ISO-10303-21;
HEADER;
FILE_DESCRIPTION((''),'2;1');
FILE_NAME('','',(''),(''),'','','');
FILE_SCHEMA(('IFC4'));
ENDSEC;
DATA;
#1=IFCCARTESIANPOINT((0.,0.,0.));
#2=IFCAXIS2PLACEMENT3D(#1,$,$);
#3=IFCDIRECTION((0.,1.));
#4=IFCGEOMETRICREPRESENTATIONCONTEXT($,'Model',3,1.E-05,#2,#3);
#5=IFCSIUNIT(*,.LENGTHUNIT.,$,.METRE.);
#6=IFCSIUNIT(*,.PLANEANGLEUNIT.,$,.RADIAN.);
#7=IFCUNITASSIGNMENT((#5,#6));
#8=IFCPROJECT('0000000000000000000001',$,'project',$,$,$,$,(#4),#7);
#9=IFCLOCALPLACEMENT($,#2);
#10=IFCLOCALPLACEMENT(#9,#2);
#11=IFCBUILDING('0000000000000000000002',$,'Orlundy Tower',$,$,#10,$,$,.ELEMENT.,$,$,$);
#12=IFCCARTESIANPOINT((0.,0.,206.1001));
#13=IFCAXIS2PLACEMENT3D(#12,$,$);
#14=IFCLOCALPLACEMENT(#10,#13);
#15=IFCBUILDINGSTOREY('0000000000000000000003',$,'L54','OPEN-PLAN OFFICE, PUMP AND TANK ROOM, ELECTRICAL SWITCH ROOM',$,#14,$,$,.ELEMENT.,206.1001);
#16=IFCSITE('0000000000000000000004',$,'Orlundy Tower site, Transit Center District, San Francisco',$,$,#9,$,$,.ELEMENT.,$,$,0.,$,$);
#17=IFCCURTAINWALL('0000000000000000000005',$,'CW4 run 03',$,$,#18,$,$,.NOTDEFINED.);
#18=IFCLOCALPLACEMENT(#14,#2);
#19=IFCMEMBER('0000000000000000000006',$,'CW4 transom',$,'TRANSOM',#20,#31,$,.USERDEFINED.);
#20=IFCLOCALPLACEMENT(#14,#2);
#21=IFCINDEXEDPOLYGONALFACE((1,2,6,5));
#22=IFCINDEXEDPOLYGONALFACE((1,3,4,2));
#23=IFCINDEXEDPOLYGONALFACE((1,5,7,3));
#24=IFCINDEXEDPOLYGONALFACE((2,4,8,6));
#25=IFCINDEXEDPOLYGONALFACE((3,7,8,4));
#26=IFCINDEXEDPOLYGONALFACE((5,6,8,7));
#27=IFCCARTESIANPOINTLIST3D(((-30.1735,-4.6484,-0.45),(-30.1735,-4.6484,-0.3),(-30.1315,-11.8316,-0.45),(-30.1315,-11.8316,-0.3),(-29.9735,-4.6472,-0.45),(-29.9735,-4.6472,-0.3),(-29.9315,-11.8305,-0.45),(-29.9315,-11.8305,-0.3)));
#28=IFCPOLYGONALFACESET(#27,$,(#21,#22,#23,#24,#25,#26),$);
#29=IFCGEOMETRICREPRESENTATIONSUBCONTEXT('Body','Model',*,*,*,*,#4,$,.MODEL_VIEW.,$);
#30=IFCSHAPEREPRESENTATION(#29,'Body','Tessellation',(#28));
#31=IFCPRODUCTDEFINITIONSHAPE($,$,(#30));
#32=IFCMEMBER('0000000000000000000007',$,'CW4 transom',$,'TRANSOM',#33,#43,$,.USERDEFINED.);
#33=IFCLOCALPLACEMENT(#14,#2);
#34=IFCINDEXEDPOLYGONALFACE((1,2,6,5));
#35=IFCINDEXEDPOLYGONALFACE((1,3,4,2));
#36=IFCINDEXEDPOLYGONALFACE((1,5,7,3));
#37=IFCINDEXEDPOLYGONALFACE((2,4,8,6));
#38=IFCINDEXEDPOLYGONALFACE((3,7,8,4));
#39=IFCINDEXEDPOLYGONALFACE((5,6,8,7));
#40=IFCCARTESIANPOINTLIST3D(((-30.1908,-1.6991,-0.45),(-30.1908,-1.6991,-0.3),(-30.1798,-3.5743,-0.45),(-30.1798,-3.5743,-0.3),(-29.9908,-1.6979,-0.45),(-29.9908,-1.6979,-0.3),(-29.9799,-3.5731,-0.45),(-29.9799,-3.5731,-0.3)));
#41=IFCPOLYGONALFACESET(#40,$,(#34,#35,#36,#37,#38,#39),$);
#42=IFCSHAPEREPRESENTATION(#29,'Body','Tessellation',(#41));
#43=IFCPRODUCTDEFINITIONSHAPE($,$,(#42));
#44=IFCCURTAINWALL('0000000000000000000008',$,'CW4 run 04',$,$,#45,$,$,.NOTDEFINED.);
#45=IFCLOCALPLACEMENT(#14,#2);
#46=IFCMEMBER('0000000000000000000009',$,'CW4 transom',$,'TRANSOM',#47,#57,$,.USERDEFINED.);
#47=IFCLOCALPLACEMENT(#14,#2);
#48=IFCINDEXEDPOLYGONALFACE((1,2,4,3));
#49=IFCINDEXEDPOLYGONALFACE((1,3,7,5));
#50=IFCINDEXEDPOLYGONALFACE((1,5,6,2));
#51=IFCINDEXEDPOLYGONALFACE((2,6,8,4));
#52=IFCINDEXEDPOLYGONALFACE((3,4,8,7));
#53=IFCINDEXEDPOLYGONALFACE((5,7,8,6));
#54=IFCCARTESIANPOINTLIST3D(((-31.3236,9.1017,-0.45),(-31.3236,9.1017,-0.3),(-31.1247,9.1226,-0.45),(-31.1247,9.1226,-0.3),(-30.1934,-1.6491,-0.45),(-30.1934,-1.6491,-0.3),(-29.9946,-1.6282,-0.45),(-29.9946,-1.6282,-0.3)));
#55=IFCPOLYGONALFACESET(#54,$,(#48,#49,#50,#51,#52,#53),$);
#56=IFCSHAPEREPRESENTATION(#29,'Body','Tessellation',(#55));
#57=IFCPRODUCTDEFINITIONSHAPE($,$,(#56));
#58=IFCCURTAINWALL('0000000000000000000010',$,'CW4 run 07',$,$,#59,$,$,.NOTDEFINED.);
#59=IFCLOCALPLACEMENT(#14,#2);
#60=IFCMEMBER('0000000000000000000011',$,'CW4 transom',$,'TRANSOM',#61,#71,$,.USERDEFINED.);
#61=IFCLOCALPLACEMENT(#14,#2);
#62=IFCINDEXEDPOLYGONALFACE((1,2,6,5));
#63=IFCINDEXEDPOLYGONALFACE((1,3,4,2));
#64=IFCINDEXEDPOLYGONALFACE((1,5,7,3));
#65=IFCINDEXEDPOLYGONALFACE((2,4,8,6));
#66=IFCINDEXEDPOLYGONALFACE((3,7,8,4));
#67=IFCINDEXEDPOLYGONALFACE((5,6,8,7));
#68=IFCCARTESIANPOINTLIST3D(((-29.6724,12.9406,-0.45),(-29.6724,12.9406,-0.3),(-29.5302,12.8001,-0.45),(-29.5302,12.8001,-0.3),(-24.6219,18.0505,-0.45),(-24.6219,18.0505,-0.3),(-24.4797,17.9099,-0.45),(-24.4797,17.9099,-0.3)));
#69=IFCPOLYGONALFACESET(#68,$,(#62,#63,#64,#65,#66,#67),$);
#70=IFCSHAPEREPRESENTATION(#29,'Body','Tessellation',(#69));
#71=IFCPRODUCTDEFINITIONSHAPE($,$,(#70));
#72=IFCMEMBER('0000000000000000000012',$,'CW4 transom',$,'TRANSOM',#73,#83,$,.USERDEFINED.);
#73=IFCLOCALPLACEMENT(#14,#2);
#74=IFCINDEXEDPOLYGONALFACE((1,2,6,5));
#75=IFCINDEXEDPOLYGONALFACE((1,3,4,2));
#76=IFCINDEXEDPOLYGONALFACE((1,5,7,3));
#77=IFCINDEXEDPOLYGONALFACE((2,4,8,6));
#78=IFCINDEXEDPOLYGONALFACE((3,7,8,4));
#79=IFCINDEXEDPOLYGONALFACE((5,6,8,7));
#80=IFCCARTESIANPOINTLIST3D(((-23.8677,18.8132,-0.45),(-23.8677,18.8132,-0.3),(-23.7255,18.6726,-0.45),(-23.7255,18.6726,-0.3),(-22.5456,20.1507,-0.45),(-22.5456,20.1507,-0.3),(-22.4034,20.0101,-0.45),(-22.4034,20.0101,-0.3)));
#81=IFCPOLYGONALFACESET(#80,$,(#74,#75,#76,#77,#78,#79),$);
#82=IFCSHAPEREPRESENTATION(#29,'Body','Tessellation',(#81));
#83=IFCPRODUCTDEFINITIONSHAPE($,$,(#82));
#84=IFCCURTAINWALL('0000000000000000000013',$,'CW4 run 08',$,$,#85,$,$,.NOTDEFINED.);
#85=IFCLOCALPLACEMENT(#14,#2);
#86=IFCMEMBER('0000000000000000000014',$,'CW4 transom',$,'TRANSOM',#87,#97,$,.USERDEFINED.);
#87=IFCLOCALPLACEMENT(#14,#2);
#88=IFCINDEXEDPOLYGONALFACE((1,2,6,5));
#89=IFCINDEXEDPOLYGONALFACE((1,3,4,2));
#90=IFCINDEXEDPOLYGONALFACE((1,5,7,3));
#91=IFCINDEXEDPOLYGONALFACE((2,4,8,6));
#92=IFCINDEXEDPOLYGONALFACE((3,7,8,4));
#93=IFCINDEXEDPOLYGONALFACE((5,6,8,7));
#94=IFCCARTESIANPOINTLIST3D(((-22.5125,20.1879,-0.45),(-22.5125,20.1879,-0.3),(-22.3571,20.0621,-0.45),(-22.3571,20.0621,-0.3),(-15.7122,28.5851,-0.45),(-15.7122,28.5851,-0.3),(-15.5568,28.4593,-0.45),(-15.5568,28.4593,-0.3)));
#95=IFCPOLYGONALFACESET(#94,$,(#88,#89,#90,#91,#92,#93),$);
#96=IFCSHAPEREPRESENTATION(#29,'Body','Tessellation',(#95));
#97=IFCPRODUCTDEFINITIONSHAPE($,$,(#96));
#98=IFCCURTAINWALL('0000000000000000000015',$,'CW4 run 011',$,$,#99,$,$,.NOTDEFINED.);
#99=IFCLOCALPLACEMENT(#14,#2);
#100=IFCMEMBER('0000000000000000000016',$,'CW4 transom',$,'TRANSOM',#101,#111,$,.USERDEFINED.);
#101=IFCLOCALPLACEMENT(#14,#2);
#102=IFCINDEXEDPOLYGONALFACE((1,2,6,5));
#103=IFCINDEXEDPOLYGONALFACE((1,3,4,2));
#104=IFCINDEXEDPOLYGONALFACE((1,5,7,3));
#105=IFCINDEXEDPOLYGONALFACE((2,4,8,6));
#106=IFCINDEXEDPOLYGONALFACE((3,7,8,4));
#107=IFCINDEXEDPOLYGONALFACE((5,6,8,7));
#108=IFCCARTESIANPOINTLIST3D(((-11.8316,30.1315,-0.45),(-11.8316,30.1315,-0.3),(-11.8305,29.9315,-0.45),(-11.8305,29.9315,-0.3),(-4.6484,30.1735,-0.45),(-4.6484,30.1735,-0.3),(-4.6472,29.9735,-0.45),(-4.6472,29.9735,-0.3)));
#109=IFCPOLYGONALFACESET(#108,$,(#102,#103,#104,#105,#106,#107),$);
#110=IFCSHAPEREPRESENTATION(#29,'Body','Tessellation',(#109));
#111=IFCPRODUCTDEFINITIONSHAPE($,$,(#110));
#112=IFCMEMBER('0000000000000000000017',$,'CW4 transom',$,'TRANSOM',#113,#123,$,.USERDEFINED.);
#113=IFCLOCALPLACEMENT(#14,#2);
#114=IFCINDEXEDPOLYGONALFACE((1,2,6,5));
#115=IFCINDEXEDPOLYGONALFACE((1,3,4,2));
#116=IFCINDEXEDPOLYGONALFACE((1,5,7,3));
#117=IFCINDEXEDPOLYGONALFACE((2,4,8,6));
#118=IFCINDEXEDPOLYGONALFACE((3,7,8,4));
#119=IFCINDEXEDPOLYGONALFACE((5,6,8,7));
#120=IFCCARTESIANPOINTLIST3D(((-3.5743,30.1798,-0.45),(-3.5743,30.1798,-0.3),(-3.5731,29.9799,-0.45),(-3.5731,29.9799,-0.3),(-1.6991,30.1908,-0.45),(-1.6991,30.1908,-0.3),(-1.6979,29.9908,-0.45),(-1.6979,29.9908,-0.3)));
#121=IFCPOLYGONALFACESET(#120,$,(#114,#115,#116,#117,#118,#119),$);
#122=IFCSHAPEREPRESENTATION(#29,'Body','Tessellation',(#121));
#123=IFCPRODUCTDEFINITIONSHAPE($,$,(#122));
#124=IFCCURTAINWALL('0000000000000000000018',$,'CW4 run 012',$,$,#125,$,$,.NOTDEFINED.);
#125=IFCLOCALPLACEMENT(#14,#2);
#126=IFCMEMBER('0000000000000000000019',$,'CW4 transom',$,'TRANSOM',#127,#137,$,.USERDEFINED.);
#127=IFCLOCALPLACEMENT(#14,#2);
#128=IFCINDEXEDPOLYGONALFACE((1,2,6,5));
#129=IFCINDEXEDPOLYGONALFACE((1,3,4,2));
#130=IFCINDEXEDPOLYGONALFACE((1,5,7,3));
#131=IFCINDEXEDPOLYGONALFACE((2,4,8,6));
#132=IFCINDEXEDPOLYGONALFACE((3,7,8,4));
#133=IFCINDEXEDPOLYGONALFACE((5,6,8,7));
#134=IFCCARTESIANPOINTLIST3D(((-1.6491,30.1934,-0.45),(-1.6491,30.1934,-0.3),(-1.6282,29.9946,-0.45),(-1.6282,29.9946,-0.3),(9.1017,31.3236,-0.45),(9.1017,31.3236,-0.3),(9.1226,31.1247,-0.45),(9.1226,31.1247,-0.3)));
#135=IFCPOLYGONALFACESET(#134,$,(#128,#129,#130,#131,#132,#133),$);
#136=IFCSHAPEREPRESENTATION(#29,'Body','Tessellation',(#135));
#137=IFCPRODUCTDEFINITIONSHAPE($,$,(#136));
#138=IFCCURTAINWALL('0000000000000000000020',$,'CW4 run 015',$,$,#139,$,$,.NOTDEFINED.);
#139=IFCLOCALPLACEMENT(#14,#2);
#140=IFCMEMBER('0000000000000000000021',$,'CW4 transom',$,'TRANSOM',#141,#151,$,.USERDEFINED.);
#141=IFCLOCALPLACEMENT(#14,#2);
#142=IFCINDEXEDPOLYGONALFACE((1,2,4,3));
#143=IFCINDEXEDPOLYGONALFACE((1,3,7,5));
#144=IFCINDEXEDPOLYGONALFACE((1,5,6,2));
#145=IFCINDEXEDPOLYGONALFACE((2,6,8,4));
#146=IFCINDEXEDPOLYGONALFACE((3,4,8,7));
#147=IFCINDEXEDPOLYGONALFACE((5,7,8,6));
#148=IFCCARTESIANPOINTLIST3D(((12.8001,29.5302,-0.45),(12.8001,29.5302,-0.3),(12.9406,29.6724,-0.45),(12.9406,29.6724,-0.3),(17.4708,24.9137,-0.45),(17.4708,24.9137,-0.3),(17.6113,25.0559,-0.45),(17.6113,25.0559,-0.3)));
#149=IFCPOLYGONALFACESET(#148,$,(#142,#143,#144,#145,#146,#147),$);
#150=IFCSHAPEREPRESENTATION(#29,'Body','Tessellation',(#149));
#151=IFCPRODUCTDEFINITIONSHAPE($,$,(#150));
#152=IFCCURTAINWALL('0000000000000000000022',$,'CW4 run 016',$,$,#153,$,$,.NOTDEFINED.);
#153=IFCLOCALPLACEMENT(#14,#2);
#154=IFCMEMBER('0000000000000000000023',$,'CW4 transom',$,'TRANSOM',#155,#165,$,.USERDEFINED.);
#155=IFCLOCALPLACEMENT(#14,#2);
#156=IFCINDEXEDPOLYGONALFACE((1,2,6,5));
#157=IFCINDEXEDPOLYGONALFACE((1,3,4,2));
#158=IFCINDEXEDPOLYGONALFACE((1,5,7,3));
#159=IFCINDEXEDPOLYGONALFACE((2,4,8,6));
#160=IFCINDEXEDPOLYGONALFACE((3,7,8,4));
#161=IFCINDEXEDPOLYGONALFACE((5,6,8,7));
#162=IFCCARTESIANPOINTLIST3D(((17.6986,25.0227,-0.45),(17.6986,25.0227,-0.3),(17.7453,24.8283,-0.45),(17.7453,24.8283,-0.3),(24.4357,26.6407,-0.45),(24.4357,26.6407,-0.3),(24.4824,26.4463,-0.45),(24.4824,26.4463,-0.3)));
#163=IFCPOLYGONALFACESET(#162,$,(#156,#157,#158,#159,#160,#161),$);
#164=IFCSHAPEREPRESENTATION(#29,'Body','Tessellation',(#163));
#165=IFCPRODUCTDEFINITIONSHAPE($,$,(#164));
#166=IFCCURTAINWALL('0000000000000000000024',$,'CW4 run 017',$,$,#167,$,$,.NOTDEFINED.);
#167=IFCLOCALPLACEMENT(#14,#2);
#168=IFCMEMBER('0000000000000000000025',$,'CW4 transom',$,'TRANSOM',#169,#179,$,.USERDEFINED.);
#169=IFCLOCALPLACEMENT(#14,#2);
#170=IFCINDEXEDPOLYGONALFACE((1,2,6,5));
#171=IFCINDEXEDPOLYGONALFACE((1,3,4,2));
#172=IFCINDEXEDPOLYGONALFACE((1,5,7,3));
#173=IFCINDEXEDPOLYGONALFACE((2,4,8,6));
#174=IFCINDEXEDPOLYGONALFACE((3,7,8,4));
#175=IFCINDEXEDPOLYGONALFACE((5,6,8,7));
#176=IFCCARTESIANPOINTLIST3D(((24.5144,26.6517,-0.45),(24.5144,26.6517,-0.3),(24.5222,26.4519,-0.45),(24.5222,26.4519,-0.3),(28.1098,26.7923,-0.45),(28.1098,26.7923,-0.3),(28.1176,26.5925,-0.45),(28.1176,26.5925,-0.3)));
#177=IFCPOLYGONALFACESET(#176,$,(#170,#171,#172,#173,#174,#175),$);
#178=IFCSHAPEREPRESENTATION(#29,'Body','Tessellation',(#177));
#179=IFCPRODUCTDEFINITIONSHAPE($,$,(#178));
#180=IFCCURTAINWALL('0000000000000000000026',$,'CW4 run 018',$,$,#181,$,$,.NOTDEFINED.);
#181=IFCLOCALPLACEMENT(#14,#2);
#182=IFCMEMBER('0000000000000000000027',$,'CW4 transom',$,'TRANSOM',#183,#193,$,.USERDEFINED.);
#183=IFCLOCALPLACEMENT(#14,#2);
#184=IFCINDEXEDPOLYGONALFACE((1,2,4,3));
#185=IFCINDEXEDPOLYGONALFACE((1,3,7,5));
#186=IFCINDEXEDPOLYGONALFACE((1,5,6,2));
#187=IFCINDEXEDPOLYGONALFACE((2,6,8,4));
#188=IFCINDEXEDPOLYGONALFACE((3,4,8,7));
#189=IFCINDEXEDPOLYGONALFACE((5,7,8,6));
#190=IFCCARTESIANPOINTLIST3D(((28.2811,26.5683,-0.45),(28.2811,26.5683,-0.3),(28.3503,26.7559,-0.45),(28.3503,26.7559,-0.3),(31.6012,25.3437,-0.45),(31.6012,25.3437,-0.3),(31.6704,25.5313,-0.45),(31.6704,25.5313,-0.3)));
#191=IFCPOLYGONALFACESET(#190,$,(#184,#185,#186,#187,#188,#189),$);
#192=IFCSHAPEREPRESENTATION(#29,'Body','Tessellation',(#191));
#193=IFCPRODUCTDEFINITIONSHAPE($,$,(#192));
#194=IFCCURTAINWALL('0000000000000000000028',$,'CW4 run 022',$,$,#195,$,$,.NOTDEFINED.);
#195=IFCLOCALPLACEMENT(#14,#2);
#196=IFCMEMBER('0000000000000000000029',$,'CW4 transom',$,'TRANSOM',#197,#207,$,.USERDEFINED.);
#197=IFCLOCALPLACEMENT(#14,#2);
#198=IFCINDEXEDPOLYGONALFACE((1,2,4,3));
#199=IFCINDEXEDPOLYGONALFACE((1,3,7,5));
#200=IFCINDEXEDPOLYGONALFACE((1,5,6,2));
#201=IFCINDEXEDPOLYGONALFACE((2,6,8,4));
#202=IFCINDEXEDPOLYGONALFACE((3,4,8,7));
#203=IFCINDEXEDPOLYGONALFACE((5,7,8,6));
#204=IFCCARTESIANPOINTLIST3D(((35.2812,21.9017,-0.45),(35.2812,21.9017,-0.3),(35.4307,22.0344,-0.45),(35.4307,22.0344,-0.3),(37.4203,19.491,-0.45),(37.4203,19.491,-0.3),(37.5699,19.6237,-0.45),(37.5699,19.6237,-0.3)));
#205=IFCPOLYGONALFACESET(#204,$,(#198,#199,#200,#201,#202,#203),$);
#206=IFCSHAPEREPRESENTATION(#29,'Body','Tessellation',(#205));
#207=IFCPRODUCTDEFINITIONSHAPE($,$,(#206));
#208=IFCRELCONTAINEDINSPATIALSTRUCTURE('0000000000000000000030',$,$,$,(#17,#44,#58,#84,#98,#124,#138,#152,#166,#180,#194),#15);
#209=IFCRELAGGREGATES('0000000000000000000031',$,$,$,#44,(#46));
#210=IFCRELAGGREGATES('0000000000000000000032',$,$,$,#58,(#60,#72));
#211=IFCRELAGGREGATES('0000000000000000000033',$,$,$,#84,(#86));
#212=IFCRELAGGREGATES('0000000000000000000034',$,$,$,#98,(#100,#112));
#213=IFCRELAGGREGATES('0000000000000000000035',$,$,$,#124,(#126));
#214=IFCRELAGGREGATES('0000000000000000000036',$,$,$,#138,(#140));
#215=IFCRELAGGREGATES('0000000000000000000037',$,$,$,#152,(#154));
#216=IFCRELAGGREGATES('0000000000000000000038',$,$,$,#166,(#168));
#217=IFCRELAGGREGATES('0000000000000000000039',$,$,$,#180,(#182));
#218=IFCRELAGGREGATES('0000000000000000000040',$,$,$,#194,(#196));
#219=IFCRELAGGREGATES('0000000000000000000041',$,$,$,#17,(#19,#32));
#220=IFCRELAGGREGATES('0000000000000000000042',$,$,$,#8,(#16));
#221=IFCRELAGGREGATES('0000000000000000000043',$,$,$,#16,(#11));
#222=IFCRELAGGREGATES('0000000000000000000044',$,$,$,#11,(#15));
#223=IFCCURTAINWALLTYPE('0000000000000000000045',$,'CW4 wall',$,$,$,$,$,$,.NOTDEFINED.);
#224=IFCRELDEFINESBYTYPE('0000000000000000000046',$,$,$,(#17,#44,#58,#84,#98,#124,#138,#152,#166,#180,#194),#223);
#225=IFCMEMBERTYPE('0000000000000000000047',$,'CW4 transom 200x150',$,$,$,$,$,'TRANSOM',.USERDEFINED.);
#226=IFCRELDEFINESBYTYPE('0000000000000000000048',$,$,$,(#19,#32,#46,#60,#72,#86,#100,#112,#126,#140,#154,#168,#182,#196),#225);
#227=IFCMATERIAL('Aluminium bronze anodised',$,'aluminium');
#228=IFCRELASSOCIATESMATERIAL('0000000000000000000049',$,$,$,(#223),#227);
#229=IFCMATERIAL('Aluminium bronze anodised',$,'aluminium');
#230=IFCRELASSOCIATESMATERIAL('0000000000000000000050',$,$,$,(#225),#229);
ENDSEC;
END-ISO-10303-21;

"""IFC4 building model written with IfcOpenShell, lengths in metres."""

from ifc_helpers import new_model, si_unit, direction, frame, origin, origin_2d, place, context, subcontext, project, spatial, rectangle, extrude, material, material_profile, profile_set, type_object, element, aggregate, save


model = new_model("IFC4")

# Units and contexts
model_context = context("Model", 3, precision=1e-05, world=origin(), true_north=direction((0.0, 1.0)))
body_context = subcontext(model_context, "Body", "Model", "MODEL_VIEW")
ifc_project = project(units=[si_unit("LENGTHUNIT", "METRE"), si_unit("PLANEANGLEUNIT", "RADIAN")], contexts=[model_context])

# Site, building, storey
site_placement = place(None, origin())
site = spatial("IfcSite", under=ifc_project, at=site_placement, Name="Orlundy Tower site, Transit Center District, San Francisco", CompositionType="ELEMENT", RefElevation=0.0)
building_placement = place(site_placement, origin())
building = spatial("IfcBuilding", under=site, at=building_placement, Name="Orlundy Tower", CompositionType="ELEMENT")
storey_placement = place(building_placement, frame((0.0, 0.0, 206.1001)))
storey = spatial("IfcBuildingStorey", under=building, at=storey_placement, Name="L54", Description="OPEN-PLAN OFFICE, PUMP AND TANK ROOM, ELECTRICAL SWITCH ROOM", CompositionType="ELEMENT", Elevation=206.1001)

# Curtain wall, members
ifc_material_1 = material(Name="Aluminium bronze anodised", Category="aluminium")
curtain_wall_type = type_object("IfcCurtainWallType", Name="CW4 wall", PredefinedType="NOTDEFINED", material=ifc_material_1)
curtain_wall_1_placement = place(storey_placement, origin())
curtain_wall_1 = element("IfcCurtainWall", 1, at=curtain_wall_1_placement, inside=storey, type_object=curtain_wall_type, Name="CW4 run 03", PredefinedType="NOTDEFINED")
ifc_material_2 = material(Name="Aluminium bronze anodised", Category="aluminium")
ifc_material_profile = material_profile(ifc_material_2, rectangle(XDim=0.2, YDim=0.1499, at=origin_2d()), Name="CW4 transom 200x150")
ifc_profile_set = profile_set([ifc_material_profile], Name="Aluminium bronze anodised")
member_type = type_object("IfcMemberType", Name="CW4 transom 200x150", ElementType="TRANSOM", PredefinedType="USERDEFINED", material=ifc_profile_set)
member_1_placement = place(storey_placement, frame((-30.0315, -11.8311, -0.375), z_axis=(-0.005846, 0.999983, 0.0), x_axis=(-0.999983, -0.005846, 0.0)))
member_1 = element("IfcMember", 2, at=member_1_placement, type_object=member_type, Name="CW4 transom", ObjectType="TRANSOM", PredefinedType="USERDEFINED", context=body_context, shape_type="SweptSolid", body=[
    extrude(rectangle(XDim=0.2, YDim=0.1499, at=origin_2d()), origin(), (0.0, 0.0, 1.0), 7.1833),
])
member_2_placement = place(storey_placement, frame((-30.0798, -3.5737, -0.375), z_axis=(-0.005859, 0.999983, 0.0), x_axis=(-0.999983, -0.005859, 0.0)))
member_2 = element("IfcMember", 3, at=member_2_placement, type_object=member_type, Name="CW4 transom", ObjectType="TRANSOM", PredefinedType="USERDEFINED", context=body_context, shape_type="SweptSolid", body=[
    extrude(rectangle(XDim=0.2, YDim=0.1499, at=origin_2d()), origin(), (0.0, 0.0, 1.0), 1.8752),
])

# Curtain wall, member
curtain_wall_2_placement = place(storey_placement, origin())
curtain_wall_2 = element("IfcCurtainWall", 4, at=curtain_wall_2_placement, inside=storey, type_object=curtain_wall_type, Name="CW4 run 04", PredefinedType="NOTDEFINED")
member_3_placement = place(storey_placement, frame((-30.094, -1.6387, -0.375), z_axis=(-0.104545, 0.99452, 0.0), x_axis=(-0.99452, -0.104545, 0.0)))
member_3 = element("IfcMember", 5, at=member_3_placement, type_object=member_type, Name="CW4 transom", ObjectType="TRANSOM", PredefinedType="USERDEFINED", context=body_context, shape_type="SweptSolid", body=[
    extrude(rectangle(XDim=0.2, YDim=0.1499, at=origin_2d()), origin(), (0.0, 0.0, 1.0), 10.8101),
])
aggregate(curtain_wall_2, [member_3])

# Curtain wall, members
curtain_wall_3_placement = place(storey_placement, origin())
curtain_wall_3 = element("IfcCurtainWall", 6, at=curtain_wall_3_placement, inside=storey, type_object=curtain_wall_type, Name="CW4 run 07", PredefinedType="NOTDEFINED")
member_4_placement = place(storey_placement, frame((-29.6013, 12.8704, -0.375), z_axis=(0.702966, 0.711223, 0.0), x_axis=(-0.711223, 0.702966, 0.0)))
member_4 = element("IfcMember", 7, at=member_4_placement, type_object=member_type, Name="CW4 transom", ObjectType="TRANSOM", PredefinedType="USERDEFINED", context=body_context, shape_type="SweptSolid", body=[
    extrude(rectangle(XDim=0.2, YDim=0.1499, at=origin_2d()), origin(), (0.0, 0.0, 1.0), 7.1846),
])
member_5_placement = place(storey_placement, frame((-23.7966, 18.7429, -0.375), z_axis=(0.703005, 0.711184, 0.0), x_axis=(-0.711184, 0.703005, 0.0)))
member_5 = element("IfcMember", 8, at=member_5_placement, type_object=member_type, Name="CW4 transom", ObjectType="TRANSOM", PredefinedType="USERDEFINED", context=body_context, shape_type="SweptSolid", body=[
    extrude(rectangle(XDim=0.2, YDim=0.1499, at=origin_2d()), origin(), (0.0, 0.0, 1.0), 1.8806),
])
aggregate(curtain_wall_3, [member_4, member_5])

# Curtain wall, member
curtain_wall_4_placement = place(storey_placement, origin())
curtain_wall_4 = element("IfcCurtainWall", 9, at=curtain_wall_4_placement, inside=storey, type_object=curtain_wall_type, Name="CW4 run 08", PredefinedType="NOTDEFINED")
member_6_placement = place(storey_placement, frame((-22.4348, 20.125, -0.375), z_axis=(0.629341, 0.77713, 0.0), x_axis=(-0.77713, 0.629341, 0.0)))
member_6 = element("IfcMember", 10, at=member_6_placement, type_object=member_type, Name="CW4 transom", ObjectType="TRANSOM", PredefinedType="USERDEFINED", context=body_context, shape_type="SweptSolid", body=[
    extrude(rectangle(XDim=0.2, YDim=0.1499, at=origin_2d()), origin(), (0.0, 0.0, 1.0), 10.8054),
])
aggregate(curtain_wall_4, [member_6])

# Curtain wall, members
curtain_wall_5_placement = place(storey_placement, origin())
curtain_wall_5 = element("IfcCurtainWall", 11, at=curtain_wall_5_placement, inside=storey, type_object=curtain_wall_type, Name="CW4 run 011", PredefinedType="NOTDEFINED")
member_7_placement = place(storey_placement, frame((-11.8311, 30.0315, -0.375), z_axis=(0.999983, 0.005846, 0.0), x_axis=(-0.005846, 0.999983, 0.0)))
member_7 = element("IfcMember", 12, at=member_7_placement, type_object=member_type, Name="CW4 transom", ObjectType="TRANSOM", PredefinedType="USERDEFINED", context=body_context, shape_type="SweptSolid", body=[
    extrude(rectangle(XDim=0.2, YDim=0.1499, at=origin_2d()), origin(), (0.0, 0.0, 1.0), 7.1833),
])
member_8_placement = place(storey_placement, frame((-3.5737, 30.0798, -0.375), z_axis=(0.999983, 0.005859, 0.0), x_axis=(-0.005859, 0.999983, 0.0)))
member_8 = element("IfcMember", 13, at=member_8_placement, type_object=member_type, Name="CW4 transom", ObjectType="TRANSOM", PredefinedType="USERDEFINED", context=body_context, shape_type="SweptSolid", body=[
    extrude(rectangle(XDim=0.2, YDim=0.1499, at=origin_2d()), origin(), (0.0, 0.0, 1.0), 1.8752),
])
aggregate(curtain_wall_5, [member_7, member_8])

# Curtain walls, members
curtain_wall_6_placement = place(storey_placement, origin())
curtain_wall_6 = element("IfcCurtainWall", 14, at=curtain_wall_6_placement, inside=storey, type_object=curtain_wall_type, Name="CW4 run 012", PredefinedType="NOTDEFINED")
member_9_placement = place(storey_placement, frame((-1.6387, 30.094, -0.375), z_axis=(0.99452, 0.104545, 0.0), x_axis=(-0.104545, 0.99452, 0.0)))
member_9 = element("IfcMember", 15, at=member_9_placement, type_object=member_type, Name="CW4 transom", ObjectType="TRANSOM", PredefinedType="USERDEFINED", context=body_context, shape_type="SweptSolid", body=[
    extrude(rectangle(XDim=0.2, YDim=0.1499, at=origin_2d()), origin(), (0.0, 0.0, 1.0), 10.8101),
])
aggregate(curtain_wall_6, [member_9])
curtain_wall_7_placement = place(storey_placement, origin())
curtain_wall_7 = element("IfcCurtainWall", 16, at=curtain_wall_7_placement, inside=storey, type_object=curtain_wall_type, Name="CW4 run 015", PredefinedType="NOTDEFINED")
member_10_placement = place(storey_placement, frame((12.8704, 29.6013, -0.375), z_axis=(0.711221, -0.702968, 0.0), x_axis=(0.702968, 0.711221, 0.0)))
member_10 = element("IfcMember", 17, at=member_10_placement, type_object=member_type, Name="CW4 transom", ObjectType="TRANSOM", PredefinedType="USERDEFINED", context=body_context, shape_type="SweptSolid", body=[
    extrude(rectangle(XDim=0.2, YDim=0.1499, at=origin_2d()), origin(), (0.0, 0.0, 1.0), 6.5671),
])
aggregate(curtain_wall_7, [member_10])
curtain_wall_8_placement = place(storey_placement, origin())
curtain_wall_8 = element("IfcCurtainWall", 18, at=curtain_wall_8_placement, inside=storey, type_object=curtain_wall_type, Name="CW4 run 016", PredefinedType="NOTDEFINED")
member_11_placement = place(storey_placement, frame((17.7219, 24.9255, -0.375), z_axis=(0.972354, 0.233513, 0.0), x_axis=(-0.233513, 0.972354, 0.0)))
member_11 = element("IfcMember", 19, at=member_11_placement, type_object=member_type, Name="CW4 transom", ObjectType="TRANSOM", PredefinedType="USERDEFINED", context=body_context, shape_type="SweptSolid", body=[
    extrude(rectangle(XDim=0.2, YDim=0.1499, at=origin_2d()), origin(), (0.0, 0.0, 1.0), 6.9287),
])
aggregate(curtain_wall_8, [member_11])
curtain_wall_9_placement = place(storey_placement, origin())
curtain_wall_9 = element("IfcCurtainWall", 20, at=curtain_wall_9_placement, inside=storey, type_object=curtain_wall_type, Name="CW4 run 017", PredefinedType="NOTDEFINED")
member_12_placement = place(storey_placement, frame((24.5183, 26.5518, -0.375), z_axis=(0.999236, 0.039082, 0.0), x_axis=(-0.039082, 0.999236, 0.0)))
member_12 = element("IfcMember", 21, at=member_12_placement, type_object=member_type, Name="CW4 transom", ObjectType="TRANSOM", PredefinedType="USERDEFINED", context=body_context, shape_type="SweptSolid", body=[
    extrude(rectangle(XDim=0.2, YDim=0.1499, at=origin_2d()), origin(), (0.0, 0.0, 1.0), 3.5981),
])
aggregate(curtain_wall_9, [member_12])
curtain_wall_10_placement = place(storey_placement, origin())
curtain_wall_10 = element("IfcCurtainWall", 22, at=curtain_wall_10_placement, inside=storey, type_object=curtain_wall_type, Name="CW4 run 018", PredefinedType="NOTDEFINED")
member_13_placement = place(storey_placement, frame((28.3157, 26.6621, -0.375), z_axis=(0.938212, -0.34606, 0.0), x_axis=(0.34606, 0.938212, 0.0)))
member_13 = element("IfcMember", 23, at=member_13_placement, type_object=member_type, Name="CW4 transom", ObjectType="TRANSOM", PredefinedType="USERDEFINED", context=body_context, shape_type="SweptSolid", body=[
    extrude(rectangle(XDim=0.2, YDim=0.1499, at=origin_2d()), origin(), (0.0, 0.0, 1.0), 3.5388),
])
aggregate(curtain_wall_10, [member_13])
curtain_wall_11_placement = place(storey_placement, origin())
curtain_wall_11 = element("IfcCurtainWall", 24, at=curtain_wall_11_placement, inside=storey, type_object=curtain_wall_type, Name="CW4 run 022", PredefinedType="NOTDEFINED")
member_14_placement = place(storey_placement, frame((35.356, 21.968, -0.375), z_axis=(0.663734, -0.747969, 0.0), x_axis=(0.747969, 0.663734, 0.0)))
member_14 = element("IfcMember", 25, at=member_14_placement, type_object=member_type, Name="CW4 transom", ObjectType="TRANSOM", PredefinedType="USERDEFINED", context=body_context, shape_type="SweptSolid", body=[
    extrude(rectangle(XDim=0.2, YDim=0.1499, at=origin_2d()), origin(), (0.0, 0.0, 1.0), 3.2229),
])
aggregate(curtain_wall_11, [member_14])

aggregate(curtain_wall_1, [member_1, member_2])

save(model, "model.ifc")
